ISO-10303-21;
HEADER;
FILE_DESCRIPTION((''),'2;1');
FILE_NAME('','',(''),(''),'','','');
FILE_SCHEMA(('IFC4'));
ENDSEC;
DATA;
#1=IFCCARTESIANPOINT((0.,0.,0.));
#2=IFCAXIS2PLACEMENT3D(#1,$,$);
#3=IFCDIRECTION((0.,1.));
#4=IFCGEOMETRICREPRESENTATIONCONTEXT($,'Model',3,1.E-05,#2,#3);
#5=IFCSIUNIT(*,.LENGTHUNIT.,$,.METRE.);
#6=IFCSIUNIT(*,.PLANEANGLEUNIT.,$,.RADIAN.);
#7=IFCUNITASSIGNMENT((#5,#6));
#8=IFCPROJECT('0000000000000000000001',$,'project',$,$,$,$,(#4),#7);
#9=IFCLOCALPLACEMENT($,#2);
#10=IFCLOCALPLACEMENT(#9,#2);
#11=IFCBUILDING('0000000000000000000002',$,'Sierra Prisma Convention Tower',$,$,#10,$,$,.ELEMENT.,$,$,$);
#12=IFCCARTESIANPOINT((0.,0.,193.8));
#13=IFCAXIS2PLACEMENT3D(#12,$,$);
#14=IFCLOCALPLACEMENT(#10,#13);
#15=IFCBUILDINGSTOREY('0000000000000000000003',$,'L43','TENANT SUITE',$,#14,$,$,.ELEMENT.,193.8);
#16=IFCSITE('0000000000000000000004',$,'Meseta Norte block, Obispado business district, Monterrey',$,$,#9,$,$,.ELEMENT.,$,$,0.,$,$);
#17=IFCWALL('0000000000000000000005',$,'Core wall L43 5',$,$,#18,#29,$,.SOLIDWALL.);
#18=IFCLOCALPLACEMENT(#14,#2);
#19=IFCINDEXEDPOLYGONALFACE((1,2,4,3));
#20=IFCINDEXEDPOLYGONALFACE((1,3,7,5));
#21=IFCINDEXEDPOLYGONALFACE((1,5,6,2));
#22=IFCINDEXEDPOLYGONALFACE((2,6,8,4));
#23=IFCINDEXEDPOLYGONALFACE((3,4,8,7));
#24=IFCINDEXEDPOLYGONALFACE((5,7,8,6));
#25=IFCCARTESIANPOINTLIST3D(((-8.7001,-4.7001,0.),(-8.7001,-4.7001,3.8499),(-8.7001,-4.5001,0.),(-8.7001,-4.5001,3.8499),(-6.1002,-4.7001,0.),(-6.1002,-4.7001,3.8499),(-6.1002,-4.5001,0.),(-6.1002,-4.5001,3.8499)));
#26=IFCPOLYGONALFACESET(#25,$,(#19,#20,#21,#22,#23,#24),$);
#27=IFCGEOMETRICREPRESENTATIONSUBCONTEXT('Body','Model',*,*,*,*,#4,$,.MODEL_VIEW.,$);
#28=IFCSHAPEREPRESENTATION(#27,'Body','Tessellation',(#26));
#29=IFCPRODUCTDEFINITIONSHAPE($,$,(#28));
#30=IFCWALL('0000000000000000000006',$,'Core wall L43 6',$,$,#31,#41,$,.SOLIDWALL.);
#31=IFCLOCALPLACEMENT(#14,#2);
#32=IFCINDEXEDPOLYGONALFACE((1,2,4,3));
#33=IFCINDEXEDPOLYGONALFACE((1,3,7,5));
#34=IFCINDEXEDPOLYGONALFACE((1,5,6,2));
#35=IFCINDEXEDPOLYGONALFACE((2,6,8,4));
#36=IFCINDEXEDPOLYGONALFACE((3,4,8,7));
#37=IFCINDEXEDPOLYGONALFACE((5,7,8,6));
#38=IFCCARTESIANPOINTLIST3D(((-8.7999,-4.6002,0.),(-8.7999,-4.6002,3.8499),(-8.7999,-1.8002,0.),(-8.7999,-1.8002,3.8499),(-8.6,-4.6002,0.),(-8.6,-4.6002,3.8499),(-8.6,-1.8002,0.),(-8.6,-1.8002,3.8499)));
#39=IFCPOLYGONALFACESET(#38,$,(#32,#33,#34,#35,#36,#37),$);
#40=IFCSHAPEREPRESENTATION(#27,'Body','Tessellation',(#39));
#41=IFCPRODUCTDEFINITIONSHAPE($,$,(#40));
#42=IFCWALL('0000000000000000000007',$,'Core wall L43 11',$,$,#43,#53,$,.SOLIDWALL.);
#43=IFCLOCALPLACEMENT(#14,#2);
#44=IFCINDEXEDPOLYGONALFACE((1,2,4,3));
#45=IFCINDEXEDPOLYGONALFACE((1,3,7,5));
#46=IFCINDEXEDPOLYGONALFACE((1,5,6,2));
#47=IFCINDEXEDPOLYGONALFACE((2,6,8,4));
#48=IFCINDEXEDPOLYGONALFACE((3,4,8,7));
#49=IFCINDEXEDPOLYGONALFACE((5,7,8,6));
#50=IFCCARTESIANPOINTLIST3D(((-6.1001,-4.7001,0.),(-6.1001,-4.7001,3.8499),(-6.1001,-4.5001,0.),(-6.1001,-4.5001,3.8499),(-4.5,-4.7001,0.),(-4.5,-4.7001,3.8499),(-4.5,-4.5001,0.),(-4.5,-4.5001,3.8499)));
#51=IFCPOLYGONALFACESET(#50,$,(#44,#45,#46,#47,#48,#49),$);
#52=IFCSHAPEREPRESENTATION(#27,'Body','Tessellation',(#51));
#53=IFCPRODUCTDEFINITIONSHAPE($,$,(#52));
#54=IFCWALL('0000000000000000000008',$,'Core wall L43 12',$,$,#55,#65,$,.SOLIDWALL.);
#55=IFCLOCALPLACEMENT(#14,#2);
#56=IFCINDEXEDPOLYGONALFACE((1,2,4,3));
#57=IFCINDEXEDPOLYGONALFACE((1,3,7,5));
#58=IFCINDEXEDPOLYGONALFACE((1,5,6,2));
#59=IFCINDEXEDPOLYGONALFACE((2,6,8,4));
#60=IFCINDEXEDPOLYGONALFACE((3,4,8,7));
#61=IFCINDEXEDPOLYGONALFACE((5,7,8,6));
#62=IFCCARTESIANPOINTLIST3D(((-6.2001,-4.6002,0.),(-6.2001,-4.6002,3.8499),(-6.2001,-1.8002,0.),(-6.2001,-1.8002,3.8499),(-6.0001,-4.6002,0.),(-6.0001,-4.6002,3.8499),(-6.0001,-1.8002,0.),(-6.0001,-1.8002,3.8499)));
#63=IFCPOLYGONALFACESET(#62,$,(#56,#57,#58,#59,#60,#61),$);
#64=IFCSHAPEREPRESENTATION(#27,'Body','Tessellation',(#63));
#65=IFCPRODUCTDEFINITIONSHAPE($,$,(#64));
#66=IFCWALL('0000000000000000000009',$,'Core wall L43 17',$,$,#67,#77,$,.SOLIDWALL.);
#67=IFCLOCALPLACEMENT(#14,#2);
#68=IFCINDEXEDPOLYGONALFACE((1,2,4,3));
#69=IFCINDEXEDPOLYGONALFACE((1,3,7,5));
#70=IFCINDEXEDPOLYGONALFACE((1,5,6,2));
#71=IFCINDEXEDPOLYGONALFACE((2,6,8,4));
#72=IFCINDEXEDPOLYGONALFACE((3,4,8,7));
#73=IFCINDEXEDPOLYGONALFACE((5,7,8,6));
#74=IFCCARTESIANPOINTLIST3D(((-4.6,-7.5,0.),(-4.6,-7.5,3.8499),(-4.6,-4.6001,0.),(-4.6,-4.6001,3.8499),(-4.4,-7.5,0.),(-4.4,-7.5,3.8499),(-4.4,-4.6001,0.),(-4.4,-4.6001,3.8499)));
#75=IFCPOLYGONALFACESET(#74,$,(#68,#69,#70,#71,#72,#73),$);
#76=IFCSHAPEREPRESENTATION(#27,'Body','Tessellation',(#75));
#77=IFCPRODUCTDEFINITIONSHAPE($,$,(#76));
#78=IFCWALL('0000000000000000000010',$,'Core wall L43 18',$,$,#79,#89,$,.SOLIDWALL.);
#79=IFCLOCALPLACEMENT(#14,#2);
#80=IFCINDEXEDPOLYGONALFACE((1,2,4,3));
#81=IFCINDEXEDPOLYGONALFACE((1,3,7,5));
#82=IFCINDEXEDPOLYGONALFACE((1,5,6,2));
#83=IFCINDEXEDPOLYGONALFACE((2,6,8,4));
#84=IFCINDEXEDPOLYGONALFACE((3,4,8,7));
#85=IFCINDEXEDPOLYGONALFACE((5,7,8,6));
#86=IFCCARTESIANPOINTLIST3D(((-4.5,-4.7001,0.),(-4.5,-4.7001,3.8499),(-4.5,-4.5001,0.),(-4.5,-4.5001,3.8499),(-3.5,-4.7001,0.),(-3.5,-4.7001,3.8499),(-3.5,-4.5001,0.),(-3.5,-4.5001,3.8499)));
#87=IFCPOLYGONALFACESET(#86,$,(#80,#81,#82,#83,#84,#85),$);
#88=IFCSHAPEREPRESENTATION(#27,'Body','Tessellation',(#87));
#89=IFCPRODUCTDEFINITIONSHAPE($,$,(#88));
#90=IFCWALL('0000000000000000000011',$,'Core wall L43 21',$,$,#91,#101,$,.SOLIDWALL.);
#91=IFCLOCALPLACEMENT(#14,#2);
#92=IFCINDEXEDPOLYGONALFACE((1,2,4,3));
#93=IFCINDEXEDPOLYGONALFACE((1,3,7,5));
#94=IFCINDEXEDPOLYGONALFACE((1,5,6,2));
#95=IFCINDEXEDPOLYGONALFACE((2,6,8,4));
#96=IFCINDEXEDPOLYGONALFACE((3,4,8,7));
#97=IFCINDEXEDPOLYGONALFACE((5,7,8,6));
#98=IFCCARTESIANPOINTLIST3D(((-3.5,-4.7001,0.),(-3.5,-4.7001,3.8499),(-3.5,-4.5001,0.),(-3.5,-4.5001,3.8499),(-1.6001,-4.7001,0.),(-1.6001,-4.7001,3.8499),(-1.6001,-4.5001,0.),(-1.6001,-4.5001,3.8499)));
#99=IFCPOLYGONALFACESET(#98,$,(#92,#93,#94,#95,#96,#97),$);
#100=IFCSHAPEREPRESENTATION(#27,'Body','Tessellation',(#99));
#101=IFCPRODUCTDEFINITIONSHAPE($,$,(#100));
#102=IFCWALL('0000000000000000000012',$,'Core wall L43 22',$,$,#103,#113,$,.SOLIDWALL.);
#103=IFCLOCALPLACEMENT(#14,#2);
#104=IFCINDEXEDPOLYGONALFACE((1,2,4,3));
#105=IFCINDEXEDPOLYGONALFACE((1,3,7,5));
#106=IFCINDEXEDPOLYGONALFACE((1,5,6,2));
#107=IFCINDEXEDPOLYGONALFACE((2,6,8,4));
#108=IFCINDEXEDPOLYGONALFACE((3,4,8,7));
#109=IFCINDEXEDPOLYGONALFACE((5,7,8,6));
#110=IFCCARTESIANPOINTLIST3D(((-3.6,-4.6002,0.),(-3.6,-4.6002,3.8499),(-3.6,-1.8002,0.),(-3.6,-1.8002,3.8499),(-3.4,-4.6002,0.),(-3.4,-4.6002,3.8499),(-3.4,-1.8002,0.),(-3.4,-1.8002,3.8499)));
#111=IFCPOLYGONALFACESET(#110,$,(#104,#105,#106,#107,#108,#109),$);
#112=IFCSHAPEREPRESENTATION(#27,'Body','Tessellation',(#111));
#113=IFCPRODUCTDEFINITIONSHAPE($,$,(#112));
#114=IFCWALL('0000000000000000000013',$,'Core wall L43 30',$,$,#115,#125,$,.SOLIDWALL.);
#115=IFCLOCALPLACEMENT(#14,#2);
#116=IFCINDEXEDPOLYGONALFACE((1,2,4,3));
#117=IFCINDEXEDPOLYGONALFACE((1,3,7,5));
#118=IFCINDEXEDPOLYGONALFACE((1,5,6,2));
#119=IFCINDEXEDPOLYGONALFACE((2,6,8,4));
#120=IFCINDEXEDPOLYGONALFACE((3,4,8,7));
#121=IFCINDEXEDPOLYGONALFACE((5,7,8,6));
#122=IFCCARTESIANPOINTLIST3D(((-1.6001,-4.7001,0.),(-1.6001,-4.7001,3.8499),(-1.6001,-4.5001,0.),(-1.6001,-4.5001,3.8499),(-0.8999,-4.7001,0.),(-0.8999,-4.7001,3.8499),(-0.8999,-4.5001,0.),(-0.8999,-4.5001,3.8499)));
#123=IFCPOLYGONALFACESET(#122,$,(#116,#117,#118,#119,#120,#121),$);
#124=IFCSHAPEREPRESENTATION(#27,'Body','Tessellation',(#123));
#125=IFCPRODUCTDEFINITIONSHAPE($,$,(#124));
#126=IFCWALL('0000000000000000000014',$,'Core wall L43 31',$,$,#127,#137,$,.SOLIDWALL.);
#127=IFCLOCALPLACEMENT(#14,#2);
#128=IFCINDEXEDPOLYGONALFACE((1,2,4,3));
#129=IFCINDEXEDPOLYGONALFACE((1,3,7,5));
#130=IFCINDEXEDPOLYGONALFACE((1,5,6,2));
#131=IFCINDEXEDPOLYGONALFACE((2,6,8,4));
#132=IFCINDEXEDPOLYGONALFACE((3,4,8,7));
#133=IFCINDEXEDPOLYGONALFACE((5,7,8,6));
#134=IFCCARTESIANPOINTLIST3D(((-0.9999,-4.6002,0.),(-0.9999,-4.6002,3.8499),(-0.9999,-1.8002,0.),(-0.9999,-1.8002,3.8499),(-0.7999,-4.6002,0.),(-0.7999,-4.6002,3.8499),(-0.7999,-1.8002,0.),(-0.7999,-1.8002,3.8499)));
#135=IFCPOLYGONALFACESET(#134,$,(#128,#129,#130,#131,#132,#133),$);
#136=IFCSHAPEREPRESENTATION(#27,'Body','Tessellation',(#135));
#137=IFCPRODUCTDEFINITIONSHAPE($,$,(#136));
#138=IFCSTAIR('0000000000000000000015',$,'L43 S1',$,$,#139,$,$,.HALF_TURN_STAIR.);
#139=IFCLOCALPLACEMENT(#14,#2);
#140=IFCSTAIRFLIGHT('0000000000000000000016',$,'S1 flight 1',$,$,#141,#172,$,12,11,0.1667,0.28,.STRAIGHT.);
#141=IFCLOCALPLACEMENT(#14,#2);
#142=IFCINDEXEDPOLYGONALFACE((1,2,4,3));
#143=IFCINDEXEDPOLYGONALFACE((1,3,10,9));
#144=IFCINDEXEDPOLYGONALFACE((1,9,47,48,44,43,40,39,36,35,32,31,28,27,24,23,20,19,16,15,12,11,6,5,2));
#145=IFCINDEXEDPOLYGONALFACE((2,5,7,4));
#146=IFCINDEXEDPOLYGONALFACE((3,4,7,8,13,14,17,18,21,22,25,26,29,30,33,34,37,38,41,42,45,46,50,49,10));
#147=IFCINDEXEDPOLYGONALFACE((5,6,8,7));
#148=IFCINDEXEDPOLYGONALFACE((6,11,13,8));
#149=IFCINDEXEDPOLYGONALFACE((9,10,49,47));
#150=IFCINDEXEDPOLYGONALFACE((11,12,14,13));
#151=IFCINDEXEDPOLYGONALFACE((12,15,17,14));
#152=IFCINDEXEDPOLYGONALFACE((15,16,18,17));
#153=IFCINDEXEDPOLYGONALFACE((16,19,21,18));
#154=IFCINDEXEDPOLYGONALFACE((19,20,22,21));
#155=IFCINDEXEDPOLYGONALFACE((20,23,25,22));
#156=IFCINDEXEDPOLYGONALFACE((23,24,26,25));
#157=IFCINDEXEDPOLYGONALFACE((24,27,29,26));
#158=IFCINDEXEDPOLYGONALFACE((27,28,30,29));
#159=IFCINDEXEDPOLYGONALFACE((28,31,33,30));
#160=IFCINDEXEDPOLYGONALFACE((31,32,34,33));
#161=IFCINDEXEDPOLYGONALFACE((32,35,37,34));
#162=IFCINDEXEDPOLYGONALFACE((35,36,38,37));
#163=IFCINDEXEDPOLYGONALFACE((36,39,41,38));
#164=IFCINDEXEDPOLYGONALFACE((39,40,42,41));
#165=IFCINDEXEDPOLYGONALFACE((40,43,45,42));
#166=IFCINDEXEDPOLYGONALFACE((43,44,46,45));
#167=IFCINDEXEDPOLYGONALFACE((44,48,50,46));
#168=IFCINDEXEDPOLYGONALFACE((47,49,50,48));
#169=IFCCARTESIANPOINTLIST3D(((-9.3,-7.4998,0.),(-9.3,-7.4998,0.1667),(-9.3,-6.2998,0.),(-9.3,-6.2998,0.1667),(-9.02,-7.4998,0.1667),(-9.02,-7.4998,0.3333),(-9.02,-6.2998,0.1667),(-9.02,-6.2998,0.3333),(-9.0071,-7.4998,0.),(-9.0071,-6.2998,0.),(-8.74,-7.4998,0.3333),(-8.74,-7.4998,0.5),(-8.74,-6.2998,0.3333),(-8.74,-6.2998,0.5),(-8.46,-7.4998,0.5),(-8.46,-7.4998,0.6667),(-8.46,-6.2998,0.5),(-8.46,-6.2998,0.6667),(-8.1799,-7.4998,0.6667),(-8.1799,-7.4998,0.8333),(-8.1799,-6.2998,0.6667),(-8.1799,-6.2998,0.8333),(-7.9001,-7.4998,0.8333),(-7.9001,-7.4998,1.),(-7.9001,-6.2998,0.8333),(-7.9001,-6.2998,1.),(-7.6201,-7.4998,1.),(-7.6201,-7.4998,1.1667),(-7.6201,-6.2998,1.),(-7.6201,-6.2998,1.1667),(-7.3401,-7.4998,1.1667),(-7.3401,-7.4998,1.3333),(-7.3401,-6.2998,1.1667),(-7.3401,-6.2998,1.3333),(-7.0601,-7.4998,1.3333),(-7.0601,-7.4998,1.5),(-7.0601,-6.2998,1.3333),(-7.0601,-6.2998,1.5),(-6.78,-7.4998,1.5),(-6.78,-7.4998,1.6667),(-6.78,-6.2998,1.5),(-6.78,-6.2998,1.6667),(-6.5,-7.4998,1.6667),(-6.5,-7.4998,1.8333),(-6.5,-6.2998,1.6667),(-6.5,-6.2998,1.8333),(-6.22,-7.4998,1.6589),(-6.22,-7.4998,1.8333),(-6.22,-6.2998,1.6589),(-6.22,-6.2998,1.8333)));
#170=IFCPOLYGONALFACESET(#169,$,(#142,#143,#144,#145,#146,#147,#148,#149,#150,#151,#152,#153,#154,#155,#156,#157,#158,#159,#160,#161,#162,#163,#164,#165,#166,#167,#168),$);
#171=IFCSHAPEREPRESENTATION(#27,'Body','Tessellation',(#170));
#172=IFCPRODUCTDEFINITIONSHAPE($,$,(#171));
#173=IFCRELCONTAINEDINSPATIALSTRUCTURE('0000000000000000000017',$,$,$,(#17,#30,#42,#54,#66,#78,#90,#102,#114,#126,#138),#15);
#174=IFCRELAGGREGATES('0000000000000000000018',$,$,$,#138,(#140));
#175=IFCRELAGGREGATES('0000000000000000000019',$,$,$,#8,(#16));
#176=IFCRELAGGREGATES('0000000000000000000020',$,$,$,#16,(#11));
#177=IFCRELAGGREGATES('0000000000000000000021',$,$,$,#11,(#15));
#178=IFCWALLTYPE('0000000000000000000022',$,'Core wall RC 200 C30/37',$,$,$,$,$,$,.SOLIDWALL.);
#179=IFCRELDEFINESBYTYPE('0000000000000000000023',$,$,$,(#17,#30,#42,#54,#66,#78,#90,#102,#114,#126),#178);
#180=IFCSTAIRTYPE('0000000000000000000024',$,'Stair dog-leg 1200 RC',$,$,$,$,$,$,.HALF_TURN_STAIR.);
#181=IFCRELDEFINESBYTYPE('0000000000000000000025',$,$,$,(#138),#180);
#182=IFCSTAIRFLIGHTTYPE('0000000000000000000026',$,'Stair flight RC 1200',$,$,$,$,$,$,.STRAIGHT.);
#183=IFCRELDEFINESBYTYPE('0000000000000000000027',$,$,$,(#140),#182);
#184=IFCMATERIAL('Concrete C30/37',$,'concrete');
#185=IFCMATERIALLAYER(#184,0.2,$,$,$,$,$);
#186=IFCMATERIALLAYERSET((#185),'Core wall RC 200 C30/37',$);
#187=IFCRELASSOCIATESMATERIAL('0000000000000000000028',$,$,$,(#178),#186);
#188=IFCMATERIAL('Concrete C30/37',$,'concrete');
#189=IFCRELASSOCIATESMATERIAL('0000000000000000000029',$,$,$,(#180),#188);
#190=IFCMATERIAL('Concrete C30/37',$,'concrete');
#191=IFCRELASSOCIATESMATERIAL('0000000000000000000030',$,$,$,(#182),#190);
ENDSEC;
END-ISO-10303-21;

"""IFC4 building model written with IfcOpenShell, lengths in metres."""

from ifc_helpers import new_model, si_unit, direction, frame, frame_2d, origin, place, context, subcontext, project, spatial, polyline, rectangle, outline, extrude, material, layer, layer_set, type_object, element, aggregate, save


model = new_model("IFC4")

# Units and contexts
model_context = context("Model", 3, precision=1e-05, world=origin(), true_north=direction((0.0, 1.0)))
body_context = subcontext(model_context, "Body", "Model", "MODEL_VIEW")
ifc_project = project(units=[si_unit("LENGTHUNIT", "METRE"), si_unit("PLANEANGLEUNIT", "RADIAN")], contexts=[model_context])

# Site, building, storey
site_placement = place(None, origin())
site = spatial("IfcSite", under=ifc_project, at=site_placement, Name="Meseta Norte block, Obispado business district, Monterrey", CompositionType="ELEMENT", RefElevation=0.0)
building_placement = place(site_placement, origin())
building = spatial("IfcBuilding", under=site, at=building_placement, Name="Sierra Prisma Convention Tower", CompositionType="ELEMENT")
storey_placement = place(building_placement, frame((0.0, 0.0, 193.8)))
storey = spatial("IfcBuildingStorey", under=building, at=storey_placement, Name="L43", Description="TENANT SUITE", CompositionType="ELEMENT", Elevation=193.8)

# Shared definitions
ifc_material_1 = material(Name="Concrete C30/37", Category="concrete")
ifc_layer = layer(ifc_material_1, 0.2)
ifc_layer_set = layer_set([ifc_layer], Name="Core wall RC 200 C30/37")
wall_type = type_object("IfcWallType", Name="Core wall RC 200 C30/37", PredefinedType="SOLIDWALL", material=ifc_layer_set)

# Walls
wall_1_placement = place(storey_placement, frame((-8.7, -4.6001, 0.0), z_axis=(0.0, 0.0, 1.0), x_axis=(1.0, 0.0, 0.0)))
element("IfcWall", 1, at=wall_1_placement, inside=storey, type_object=wall_type, Name="Core wall L43 5", PredefinedType="SOLIDWALL", context=body_context, shape_type="SweptSolid", body=[
    extrude(rectangle(XDim=2.5999, YDim=0.2, at=frame_2d((1.2998, 0.0))), origin(), (0.0, 0.0, 1.0), 3.8499),
])
wall_2_placement = place(storey_placement, frame((-8.7, -4.6001, 0.0), z_axis=(0.0, 0.0, 1.0), x_axis=(0.0, 1.0, 0.0)))
element("IfcWall", 2, at=wall_2_placement, inside=storey, type_object=wall_type, Name="Core wall L43 6", PredefinedType="SOLIDWALL", context=body_context, shape_type="SweptSolid", body=[
    extrude(rectangle(XDim=2.8, YDim=0.2, at=frame_2d((1.3999, 0.0))), origin(), (0.0, 0.0, 1.0), 3.8499),
])

# Walls
wall_3_placement = place(storey_placement, frame((-6.1001, -4.6001, 0.0), z_axis=(0.0, 0.0, 1.0), x_axis=(1.0, 0.0, 0.0)))
element("IfcWall", 3, at=wall_3_placement, inside=storey, type_object=wall_type, Name="Core wall L43 11", PredefinedType="SOLIDWALL", context=body_context, shape_type="SweptSolid", body=[
    extrude(rectangle(XDim=1.6001, YDim=0.2, at=frame_2d((0.8, 0.0))), origin(), (0.0, 0.0, 1.0), 3.8499),
])
wall_4_placement = place(storey_placement, frame((-6.1001, -4.6001, 0.0), z_axis=(0.0, 0.0, 1.0), x_axis=(0.0, 1.0, 0.0)))
element("IfcWall", 4, at=wall_4_placement, inside=storey, type_object=wall_type, Name="Core wall L43 12", PredefinedType="SOLIDWALL", context=body_context, shape_type="SweptSolid", body=[
    extrude(rectangle(XDim=2.8, YDim=0.2, at=frame_2d((1.3999, 0.0))), origin(), (0.0, 0.0, 1.0), 3.8499),
])

# Walls
wall_5_placement = place(storey_placement, frame((-4.5, -4.6001, 0.0), z_axis=(0.0, 0.0, 1.0), x_axis=(0.0, -1.0, 0.0)))
element("IfcWall", 5, at=wall_5_placement, inside=storey, type_object=wall_type, Name="Core wall L43 17", PredefinedType="SOLIDWALL", context=body_context, shape_type="SweptSolid", body=[
    extrude(rectangle(XDim=2.8999, YDim=0.2, at=frame_2d((1.45, 0.0))), origin(), (0.0, 0.0, 1.0), 3.8499),
])
wall_6_placement = place(storey_placement, frame((-4.5, -4.6001, 0.0), z_axis=(0.0, 0.0, 1.0), x_axis=(1.0, 0.0, 0.0)))
element("IfcWall", 6, at=wall_6_placement, inside=storey, type_object=wall_type, Name="Core wall L43 18", PredefinedType="SOLIDWALL", context=body_context, shape_type="SweptSolid", body=[
    extrude(rectangle(XDim=1.0, YDim=0.2, at=frame_2d((0.5, 0.0))), origin(), (0.0, 0.0, 1.0), 3.8499),
])
wall_7_placement = place(storey_placement, frame((-3.5, -4.6001, 0.0), z_axis=(0.0, 0.0, 1.0), x_axis=(1.0, 0.0, 0.0)))
element("IfcWall", 7, at=wall_7_placement, inside=storey, type_object=wall_type, Name="Core wall L43 21", PredefinedType="SOLIDWALL", context=body_context, shape_type="SweptSolid", body=[
    extrude(rectangle(XDim=1.8999, YDim=0.2, at=frame_2d((0.95, 0.0))), origin(), (0.0, 0.0, 1.0), 3.8499),
])
wall_8_placement = place(storey_placement, frame((-3.5, -4.6001, 0.0), z_axis=(0.0, 0.0, 1.0), x_axis=(0.0, 1.0, 0.0)))
element("IfcWall", 8, at=wall_8_placement, inside=storey, type_object=wall_type, Name="Core wall L43 22", PredefinedType="SOLIDWALL", context=body_context, shape_type="SweptSolid", body=[
    extrude(rectangle(XDim=2.8, YDim=0.2, at=frame_2d((1.3999, 0.0))), origin(), (0.0, 0.0, 1.0), 3.8499),
])

# Walls
wall_9_placement = place(storey_placement, frame((-1.6001, -4.6001, 0.0), z_axis=(0.0, 0.0, 1.0), x_axis=(1.0, 0.0, 0.0)))
element("IfcWall", 9, at=wall_9_placement, inside=storey, type_object=wall_type, Name="Core wall L43 30", PredefinedType="SOLIDWALL", context=body_context, shape_type="SweptSolid", body=[
    extrude(rectangle(XDim=0.7002, YDim=0.2, at=frame_2d((0.3501, 0.0))), origin(), (0.0, 0.0, 1.0), 3.8499),
])
wall_10_placement = place(storey_placement, frame((-0.8999, -4.6001, 0.0), z_axis=(0.0, 0.0, 1.0), x_axis=(0.0, 1.0, 0.0)))
element("IfcWall", 10, at=wall_10_placement, inside=storey, type_object=wall_type, Name="Core wall L43 31", PredefinedType="SOLIDWALL", context=body_context, shape_type="SweptSolid", body=[
    extrude(rectangle(XDim=2.8, YDim=0.2, at=frame_2d((1.3999, 0.0))), origin(), (0.0, 0.0, 1.0), 3.8499),
])

# Stair, stair flight
ifc_material_2 = material(Name="Concrete C30/37", Category="concrete")
stair_type = type_object("IfcStairType", Name="Stair dog-leg 1200 RC", PredefinedType="HALF_TURN_STAIR", material=ifc_material_2)
stair_placement = place(storey_placement, origin())
stair = element("IfcStair", 11, at=stair_placement, inside=storey, type_object=stair_type, Name="L43 S1", PredefinedType="HALF_TURN_STAIR")
ifc_material_3 = material(Name="Concrete C30/37", Category="concrete")
stair_flight_type = type_object("IfcStairFlightType", Name="Stair flight RC 1200", PredefinedType="STRAIGHT", material=ifc_material_3)
stair_flight_1_placement = place(storey_placement, frame((-9.3, -6.8999, 0.0), z_axis=(0.0, 0.0, 1.0), x_axis=(1.0, 0.0, 0.0)))
stair_flight_1 = element("IfcStairFlight", 12, at=stair_flight_1_placement, type_object=stair_flight_type, Name="S1 flight 1", NumberOfRisers=12, NumberOfTreads=11, PredefinedType="STRAIGHT", RiserHeight=0.1667, TreadLength=0.28, context=body_context, shape_type="SweptSolid", body=[
    extrude(outline(polyline([(0.0, 0.0), (0.0, 0.1667), (0.28, 0.1667), (0.28, 0.3333), (0.5601, 0.3333), (0.5601, 0.5), (0.8401, 0.5), (0.8401, 0.6667), (1.1201, 0.6667), (1.1201, 0.8333), (1.3999, 0.8333), (1.3999, 1.0), (1.6799, 1.0), (1.6799, 1.1667), (1.96, 1.1667), (1.96, 1.3333), (2.24, 1.3333), (2.24, 1.5), (2.52, 1.5), (2.52, 1.6667), (2.8, 1.6667), (2.8, 1.8333), (3.0801, 1.8333), (3.0801, 2.0), (3.0801, 1.6589), (0.293, 0.0), (0.0, 0.0)])), frame((0.0, 0.6001, 0.0), z_axis=(0.0, -1.0, 0.0), x_axis=(1.0, 0.0, 0.0)), (0.0, 0.0, 1.0), 1.2),
])
aggregate(stair, [stair_flight_1])

save(model, "model.ifc")
